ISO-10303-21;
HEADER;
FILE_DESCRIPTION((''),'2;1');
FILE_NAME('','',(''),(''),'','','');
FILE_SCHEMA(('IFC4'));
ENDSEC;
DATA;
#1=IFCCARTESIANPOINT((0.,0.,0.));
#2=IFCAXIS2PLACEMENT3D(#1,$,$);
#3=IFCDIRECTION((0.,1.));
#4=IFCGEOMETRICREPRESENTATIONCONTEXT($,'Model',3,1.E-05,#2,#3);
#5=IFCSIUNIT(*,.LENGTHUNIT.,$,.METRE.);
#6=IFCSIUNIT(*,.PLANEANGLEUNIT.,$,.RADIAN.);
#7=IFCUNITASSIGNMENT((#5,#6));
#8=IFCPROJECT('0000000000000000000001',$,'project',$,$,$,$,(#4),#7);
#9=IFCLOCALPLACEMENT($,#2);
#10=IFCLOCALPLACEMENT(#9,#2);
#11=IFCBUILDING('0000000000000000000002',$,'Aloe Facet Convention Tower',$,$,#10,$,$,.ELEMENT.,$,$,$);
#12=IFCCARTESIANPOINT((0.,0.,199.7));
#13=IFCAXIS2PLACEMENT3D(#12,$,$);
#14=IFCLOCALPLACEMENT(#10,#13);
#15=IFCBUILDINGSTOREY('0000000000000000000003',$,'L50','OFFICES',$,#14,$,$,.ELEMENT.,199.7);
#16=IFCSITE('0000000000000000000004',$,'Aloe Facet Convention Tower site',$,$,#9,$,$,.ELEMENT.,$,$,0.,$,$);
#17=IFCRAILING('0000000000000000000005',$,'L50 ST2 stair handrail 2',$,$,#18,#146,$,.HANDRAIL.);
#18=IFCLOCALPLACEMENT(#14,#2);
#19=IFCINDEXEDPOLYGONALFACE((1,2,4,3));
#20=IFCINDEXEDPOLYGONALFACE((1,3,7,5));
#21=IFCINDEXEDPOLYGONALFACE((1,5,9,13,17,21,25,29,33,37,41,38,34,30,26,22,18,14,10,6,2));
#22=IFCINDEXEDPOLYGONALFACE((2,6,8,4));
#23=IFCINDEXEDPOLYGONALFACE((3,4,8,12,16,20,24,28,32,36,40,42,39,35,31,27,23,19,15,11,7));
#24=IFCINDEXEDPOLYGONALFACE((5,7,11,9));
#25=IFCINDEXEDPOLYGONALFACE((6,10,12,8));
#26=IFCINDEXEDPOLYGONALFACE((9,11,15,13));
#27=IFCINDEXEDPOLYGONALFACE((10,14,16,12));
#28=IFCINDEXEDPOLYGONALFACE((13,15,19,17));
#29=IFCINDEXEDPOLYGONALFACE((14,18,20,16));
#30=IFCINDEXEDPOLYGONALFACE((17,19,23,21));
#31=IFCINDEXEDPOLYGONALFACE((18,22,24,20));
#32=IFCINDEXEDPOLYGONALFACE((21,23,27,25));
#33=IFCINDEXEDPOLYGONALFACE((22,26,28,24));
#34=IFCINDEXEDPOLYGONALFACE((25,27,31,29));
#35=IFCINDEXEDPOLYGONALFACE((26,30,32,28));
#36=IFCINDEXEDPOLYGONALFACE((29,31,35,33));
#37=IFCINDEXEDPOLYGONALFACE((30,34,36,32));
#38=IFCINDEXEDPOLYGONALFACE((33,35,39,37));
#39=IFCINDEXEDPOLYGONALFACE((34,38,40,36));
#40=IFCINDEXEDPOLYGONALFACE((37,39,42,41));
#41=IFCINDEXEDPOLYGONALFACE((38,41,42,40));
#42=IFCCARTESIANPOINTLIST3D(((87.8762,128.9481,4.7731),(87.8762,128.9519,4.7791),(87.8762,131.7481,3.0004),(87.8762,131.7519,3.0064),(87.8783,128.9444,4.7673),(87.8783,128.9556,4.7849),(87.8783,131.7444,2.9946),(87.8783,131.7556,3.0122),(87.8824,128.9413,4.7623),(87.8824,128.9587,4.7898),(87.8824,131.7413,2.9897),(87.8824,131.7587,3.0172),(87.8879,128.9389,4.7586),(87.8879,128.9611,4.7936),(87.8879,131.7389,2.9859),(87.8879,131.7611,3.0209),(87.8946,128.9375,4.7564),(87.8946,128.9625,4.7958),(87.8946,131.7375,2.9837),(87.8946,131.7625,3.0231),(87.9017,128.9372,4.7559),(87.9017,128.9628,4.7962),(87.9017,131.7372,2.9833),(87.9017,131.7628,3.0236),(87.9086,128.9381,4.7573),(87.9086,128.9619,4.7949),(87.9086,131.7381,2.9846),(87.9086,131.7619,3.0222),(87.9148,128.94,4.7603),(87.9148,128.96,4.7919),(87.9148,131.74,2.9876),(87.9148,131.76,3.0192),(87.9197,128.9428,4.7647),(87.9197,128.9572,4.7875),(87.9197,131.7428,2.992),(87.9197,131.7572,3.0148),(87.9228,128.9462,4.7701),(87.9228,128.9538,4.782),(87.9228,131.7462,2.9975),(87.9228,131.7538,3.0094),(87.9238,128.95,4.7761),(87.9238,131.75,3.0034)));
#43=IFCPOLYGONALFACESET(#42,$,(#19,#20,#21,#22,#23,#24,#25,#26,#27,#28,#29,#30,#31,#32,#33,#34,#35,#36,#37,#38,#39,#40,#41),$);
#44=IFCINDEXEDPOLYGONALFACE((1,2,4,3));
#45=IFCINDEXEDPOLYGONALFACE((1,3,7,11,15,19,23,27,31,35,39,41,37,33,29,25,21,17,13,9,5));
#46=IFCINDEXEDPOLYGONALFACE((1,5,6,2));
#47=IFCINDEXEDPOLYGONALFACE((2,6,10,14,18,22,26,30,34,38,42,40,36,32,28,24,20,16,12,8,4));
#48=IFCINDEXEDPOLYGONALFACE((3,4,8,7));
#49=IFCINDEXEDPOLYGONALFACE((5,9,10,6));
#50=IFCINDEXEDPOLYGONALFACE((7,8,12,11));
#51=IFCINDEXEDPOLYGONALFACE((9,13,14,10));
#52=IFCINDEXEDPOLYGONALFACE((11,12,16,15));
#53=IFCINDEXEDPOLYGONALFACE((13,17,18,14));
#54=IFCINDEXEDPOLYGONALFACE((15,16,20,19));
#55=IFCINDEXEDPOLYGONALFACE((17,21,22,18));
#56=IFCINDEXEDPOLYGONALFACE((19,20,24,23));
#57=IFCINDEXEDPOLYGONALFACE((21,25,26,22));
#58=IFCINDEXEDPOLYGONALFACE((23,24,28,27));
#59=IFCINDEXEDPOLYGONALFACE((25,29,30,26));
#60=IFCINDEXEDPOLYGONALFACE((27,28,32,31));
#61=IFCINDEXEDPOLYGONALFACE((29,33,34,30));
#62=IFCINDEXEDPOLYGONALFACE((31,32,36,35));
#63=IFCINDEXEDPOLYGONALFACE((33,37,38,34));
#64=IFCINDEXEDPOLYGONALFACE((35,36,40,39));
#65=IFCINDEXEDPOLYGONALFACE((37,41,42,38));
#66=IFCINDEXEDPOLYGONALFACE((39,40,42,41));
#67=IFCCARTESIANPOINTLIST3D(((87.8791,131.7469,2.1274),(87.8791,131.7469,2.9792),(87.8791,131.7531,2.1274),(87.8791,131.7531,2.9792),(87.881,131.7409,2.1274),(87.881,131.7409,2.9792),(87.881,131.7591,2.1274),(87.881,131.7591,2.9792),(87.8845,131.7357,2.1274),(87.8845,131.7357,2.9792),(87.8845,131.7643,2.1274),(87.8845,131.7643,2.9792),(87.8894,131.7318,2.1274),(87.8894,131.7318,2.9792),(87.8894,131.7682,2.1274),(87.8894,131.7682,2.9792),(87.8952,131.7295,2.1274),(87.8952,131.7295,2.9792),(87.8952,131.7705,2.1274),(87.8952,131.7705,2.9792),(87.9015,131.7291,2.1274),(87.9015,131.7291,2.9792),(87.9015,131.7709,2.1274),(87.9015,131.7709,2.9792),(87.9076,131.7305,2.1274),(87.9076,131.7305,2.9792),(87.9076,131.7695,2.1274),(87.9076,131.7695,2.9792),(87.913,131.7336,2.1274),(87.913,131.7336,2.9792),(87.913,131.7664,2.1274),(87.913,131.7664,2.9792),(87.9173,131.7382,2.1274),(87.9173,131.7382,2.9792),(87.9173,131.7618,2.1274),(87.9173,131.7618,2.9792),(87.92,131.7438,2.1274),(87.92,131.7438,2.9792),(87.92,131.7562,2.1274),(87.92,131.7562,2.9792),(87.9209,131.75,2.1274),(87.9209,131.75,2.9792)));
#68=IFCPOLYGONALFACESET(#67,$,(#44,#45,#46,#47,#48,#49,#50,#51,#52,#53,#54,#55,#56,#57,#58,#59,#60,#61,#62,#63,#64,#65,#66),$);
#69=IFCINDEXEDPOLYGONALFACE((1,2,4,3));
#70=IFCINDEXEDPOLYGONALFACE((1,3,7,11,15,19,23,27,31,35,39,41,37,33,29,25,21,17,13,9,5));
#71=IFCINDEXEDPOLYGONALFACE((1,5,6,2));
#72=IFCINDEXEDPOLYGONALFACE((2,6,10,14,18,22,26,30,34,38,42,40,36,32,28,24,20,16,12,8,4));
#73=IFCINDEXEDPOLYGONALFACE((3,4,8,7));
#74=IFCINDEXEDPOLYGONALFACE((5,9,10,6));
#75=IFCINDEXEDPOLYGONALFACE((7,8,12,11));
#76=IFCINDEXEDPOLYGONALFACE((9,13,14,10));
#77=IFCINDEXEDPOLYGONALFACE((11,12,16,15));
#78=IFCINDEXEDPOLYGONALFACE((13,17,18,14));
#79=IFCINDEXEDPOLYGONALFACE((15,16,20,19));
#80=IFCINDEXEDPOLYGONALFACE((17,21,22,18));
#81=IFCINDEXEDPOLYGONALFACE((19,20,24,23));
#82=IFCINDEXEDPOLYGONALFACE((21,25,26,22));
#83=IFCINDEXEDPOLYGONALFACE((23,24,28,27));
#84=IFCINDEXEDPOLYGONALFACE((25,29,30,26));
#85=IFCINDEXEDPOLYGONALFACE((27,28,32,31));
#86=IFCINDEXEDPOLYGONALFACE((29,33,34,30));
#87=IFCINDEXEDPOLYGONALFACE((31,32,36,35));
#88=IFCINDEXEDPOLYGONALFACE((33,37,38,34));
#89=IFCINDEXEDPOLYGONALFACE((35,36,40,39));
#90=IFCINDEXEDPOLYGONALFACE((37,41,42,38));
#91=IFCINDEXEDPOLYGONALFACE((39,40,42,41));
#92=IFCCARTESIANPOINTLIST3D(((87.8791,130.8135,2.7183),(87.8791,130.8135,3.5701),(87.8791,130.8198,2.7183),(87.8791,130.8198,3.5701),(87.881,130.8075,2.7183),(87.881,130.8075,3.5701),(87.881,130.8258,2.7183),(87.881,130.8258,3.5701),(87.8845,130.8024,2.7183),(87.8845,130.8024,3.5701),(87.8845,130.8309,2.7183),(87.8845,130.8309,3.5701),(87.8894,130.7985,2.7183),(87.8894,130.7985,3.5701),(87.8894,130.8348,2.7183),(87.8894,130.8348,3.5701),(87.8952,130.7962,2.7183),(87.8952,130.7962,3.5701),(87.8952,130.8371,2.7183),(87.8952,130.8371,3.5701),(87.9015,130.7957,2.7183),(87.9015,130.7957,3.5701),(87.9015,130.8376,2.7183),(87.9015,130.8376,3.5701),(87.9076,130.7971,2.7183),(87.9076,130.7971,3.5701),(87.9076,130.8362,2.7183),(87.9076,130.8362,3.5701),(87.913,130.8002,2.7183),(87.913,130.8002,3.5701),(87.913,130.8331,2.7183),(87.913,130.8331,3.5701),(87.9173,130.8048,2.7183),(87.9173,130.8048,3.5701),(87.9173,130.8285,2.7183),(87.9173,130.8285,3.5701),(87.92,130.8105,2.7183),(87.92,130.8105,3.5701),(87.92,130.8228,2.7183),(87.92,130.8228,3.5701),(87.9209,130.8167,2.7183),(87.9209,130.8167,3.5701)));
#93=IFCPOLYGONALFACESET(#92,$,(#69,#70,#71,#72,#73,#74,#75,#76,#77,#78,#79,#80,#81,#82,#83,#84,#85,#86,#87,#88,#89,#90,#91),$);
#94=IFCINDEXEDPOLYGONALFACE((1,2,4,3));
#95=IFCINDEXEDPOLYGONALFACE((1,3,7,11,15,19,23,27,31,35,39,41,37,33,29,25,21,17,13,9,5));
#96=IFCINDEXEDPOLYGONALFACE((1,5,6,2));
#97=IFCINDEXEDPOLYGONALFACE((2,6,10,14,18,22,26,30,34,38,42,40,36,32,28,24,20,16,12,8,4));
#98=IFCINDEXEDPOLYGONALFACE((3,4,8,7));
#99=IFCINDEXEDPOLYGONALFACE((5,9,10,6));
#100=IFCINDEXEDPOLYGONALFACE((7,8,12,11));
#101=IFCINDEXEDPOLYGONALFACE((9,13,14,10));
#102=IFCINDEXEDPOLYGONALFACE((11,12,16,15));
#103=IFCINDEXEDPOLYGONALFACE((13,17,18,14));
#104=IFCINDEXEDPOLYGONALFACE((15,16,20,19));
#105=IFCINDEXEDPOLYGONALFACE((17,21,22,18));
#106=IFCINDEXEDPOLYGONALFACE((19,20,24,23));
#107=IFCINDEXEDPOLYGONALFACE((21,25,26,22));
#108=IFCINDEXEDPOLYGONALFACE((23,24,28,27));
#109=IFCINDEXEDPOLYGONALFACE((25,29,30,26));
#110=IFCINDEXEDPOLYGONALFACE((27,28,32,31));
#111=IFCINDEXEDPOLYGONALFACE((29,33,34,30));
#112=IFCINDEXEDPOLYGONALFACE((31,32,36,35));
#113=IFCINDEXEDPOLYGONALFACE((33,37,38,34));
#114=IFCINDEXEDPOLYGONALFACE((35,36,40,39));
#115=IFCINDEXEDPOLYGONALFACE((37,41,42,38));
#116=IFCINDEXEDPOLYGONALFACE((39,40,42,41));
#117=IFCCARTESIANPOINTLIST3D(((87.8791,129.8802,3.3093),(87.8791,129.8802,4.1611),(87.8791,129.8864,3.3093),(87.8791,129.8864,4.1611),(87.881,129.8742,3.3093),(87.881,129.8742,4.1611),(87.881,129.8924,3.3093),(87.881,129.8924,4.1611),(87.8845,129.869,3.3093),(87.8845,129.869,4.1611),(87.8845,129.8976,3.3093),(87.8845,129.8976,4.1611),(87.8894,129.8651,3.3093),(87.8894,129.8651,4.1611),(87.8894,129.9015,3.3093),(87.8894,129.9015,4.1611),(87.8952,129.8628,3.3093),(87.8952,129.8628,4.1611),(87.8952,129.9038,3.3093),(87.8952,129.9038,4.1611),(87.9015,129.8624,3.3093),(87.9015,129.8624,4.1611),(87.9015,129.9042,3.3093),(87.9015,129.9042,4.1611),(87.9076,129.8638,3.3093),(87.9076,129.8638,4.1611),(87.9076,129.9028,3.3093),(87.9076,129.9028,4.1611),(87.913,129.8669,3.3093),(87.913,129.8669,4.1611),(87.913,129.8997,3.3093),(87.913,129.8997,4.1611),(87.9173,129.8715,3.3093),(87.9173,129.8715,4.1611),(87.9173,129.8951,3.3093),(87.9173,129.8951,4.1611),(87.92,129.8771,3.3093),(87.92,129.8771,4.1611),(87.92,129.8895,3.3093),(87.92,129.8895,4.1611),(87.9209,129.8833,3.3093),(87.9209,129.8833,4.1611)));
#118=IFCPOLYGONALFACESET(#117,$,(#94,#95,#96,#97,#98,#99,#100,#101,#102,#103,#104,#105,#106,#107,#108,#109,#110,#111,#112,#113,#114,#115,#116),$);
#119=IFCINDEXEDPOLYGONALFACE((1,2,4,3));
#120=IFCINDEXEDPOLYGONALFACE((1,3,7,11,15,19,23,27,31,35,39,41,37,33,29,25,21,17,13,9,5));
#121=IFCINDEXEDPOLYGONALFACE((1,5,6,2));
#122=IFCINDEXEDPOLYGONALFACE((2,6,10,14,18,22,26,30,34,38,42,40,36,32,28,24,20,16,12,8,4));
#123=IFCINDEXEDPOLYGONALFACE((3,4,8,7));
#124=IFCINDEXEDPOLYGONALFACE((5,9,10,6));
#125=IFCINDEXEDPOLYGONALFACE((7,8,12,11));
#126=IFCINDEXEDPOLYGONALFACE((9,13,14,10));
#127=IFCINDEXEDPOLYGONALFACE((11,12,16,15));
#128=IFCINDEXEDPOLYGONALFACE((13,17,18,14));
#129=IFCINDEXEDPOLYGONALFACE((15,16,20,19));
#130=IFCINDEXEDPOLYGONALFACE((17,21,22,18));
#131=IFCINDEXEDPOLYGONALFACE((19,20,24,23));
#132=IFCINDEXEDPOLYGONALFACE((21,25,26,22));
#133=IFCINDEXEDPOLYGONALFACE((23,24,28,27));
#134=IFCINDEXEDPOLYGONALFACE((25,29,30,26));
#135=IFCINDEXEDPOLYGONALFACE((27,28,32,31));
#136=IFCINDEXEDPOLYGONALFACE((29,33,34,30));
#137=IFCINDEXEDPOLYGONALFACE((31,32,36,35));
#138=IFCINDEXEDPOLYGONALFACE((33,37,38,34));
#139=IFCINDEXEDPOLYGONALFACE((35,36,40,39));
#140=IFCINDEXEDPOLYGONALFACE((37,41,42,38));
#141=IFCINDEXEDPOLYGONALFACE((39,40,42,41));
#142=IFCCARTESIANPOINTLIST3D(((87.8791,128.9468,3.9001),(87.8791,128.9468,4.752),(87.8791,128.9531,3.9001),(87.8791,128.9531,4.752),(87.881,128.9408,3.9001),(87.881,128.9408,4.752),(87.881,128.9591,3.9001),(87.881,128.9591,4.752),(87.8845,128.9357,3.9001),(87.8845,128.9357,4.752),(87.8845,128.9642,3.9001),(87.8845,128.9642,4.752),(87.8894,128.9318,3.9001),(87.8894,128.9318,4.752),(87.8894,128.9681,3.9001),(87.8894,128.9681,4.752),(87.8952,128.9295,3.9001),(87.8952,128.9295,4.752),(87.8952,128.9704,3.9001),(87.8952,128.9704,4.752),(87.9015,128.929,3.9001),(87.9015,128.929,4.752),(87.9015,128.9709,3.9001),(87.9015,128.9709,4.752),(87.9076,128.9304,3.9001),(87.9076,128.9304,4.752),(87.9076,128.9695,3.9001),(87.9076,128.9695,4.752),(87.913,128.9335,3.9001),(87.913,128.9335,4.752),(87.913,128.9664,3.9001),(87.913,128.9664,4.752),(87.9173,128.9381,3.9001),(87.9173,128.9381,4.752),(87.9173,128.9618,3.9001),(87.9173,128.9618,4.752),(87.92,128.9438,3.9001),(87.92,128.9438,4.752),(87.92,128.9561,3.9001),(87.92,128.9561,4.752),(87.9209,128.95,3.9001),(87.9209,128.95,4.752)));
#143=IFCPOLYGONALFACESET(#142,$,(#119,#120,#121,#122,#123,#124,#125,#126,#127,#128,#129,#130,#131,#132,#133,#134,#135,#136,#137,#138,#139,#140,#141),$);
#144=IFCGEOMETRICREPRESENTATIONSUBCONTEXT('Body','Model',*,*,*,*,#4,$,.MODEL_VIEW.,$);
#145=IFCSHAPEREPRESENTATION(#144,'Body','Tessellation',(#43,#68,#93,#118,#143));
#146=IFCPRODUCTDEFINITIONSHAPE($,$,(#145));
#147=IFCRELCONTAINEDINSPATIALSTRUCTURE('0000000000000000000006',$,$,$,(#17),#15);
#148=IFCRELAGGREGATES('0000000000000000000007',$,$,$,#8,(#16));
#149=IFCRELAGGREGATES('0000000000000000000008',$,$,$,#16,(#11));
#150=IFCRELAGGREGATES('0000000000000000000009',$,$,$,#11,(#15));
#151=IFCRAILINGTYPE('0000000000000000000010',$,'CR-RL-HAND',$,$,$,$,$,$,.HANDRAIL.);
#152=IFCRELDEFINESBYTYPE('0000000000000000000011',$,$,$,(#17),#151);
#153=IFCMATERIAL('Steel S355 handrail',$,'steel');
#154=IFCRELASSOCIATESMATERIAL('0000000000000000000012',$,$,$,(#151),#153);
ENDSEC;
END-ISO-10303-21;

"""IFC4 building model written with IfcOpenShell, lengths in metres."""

from ifc_helpers import new_model, si_unit, direction, frame, origin, origin_2d, place, context, subcontext, project, spatial, circle, extrude, material, type_object, element, save


model = new_model("IFC4")

# Units and contexts
model_context = context("Model", 3, precision=1e-05, world=origin(), true_north=direction((0.0, 1.0)))
body_context = subcontext(model_context, "Body", "Model", "MODEL_VIEW")
ifc_project = project(units=[si_unit("LENGTHUNIT", "METRE"), si_unit("PLANEANGLEUNIT", "RADIAN")], contexts=[model_context])

# Site, building, storey
site_placement = place(None, origin())
site = spatial("IfcSite", under=ifc_project, at=site_placement, Name="Aloe Facet Convention Tower site", CompositionType="ELEMENT", RefElevation=0.0)
building_placement = place(site_placement, origin())
building = spatial("IfcBuilding", under=site, at=building_placement, Name="Aloe Facet Convention Tower", CompositionType="ELEMENT")
storey_placement = place(building_placement, frame((0.0, 0.0, 199.7)))
storey = spatial("IfcBuildingStorey", under=building, at=storey_placement, Name="L50", Description="OFFICES", CompositionType="ELEMENT", Elevation=199.7)

# Railing
ifc_material_1 = material(Name="Steel S355 handrail", Category="steel")
railing_type_1 = type_object("IfcRailingType", Name="CR-RL-HAND", PredefinedType="HANDRAIL", material=ifc_material_1)
railing_1_placement = place(storey_placement, frame((87.8999, 131.75, 2.1274)))
element("IfcRailing", 1, at=railing_1_placement, inside=storey, type_object=railing_type_1, Name="L50 ST2 stair handrail 2", PredefinedType="HANDRAIL", context=body_context, shape_type="SweptSolid", body=[
    extrude(circle(Radius=0.0239, at=origin_2d()), frame((0.0, 0.0, 0.876), z_axis=(0.0, -0.844909, 0.53491), x_axis=(1.0, 0.0, 0.0)), (0.0, 0.0, 1.0), 3.314),
    extrude(circle(Radius=0.021, at=origin_2d()), origin(), (0.0, 0.0, 1.0), 0.8518),
    extrude(circle(Radius=0.021, at=origin_2d()), frame((0.0, -0.9333, 0.5908)), (0.0, 0.0, 1.0), 0.8518),
    extrude(circle(Radius=0.021, at=origin_2d()), frame((0.0, -1.8667, 1.1819)), (0.0, 0.0, 1.0), 0.8518),
    extrude(circle(Radius=0.021, at=origin_2d()), frame((0.0, -2.8, 1.7727)), (0.0, 0.0, 1.0), 0.8518),
])

save(model, "model.ifc")
